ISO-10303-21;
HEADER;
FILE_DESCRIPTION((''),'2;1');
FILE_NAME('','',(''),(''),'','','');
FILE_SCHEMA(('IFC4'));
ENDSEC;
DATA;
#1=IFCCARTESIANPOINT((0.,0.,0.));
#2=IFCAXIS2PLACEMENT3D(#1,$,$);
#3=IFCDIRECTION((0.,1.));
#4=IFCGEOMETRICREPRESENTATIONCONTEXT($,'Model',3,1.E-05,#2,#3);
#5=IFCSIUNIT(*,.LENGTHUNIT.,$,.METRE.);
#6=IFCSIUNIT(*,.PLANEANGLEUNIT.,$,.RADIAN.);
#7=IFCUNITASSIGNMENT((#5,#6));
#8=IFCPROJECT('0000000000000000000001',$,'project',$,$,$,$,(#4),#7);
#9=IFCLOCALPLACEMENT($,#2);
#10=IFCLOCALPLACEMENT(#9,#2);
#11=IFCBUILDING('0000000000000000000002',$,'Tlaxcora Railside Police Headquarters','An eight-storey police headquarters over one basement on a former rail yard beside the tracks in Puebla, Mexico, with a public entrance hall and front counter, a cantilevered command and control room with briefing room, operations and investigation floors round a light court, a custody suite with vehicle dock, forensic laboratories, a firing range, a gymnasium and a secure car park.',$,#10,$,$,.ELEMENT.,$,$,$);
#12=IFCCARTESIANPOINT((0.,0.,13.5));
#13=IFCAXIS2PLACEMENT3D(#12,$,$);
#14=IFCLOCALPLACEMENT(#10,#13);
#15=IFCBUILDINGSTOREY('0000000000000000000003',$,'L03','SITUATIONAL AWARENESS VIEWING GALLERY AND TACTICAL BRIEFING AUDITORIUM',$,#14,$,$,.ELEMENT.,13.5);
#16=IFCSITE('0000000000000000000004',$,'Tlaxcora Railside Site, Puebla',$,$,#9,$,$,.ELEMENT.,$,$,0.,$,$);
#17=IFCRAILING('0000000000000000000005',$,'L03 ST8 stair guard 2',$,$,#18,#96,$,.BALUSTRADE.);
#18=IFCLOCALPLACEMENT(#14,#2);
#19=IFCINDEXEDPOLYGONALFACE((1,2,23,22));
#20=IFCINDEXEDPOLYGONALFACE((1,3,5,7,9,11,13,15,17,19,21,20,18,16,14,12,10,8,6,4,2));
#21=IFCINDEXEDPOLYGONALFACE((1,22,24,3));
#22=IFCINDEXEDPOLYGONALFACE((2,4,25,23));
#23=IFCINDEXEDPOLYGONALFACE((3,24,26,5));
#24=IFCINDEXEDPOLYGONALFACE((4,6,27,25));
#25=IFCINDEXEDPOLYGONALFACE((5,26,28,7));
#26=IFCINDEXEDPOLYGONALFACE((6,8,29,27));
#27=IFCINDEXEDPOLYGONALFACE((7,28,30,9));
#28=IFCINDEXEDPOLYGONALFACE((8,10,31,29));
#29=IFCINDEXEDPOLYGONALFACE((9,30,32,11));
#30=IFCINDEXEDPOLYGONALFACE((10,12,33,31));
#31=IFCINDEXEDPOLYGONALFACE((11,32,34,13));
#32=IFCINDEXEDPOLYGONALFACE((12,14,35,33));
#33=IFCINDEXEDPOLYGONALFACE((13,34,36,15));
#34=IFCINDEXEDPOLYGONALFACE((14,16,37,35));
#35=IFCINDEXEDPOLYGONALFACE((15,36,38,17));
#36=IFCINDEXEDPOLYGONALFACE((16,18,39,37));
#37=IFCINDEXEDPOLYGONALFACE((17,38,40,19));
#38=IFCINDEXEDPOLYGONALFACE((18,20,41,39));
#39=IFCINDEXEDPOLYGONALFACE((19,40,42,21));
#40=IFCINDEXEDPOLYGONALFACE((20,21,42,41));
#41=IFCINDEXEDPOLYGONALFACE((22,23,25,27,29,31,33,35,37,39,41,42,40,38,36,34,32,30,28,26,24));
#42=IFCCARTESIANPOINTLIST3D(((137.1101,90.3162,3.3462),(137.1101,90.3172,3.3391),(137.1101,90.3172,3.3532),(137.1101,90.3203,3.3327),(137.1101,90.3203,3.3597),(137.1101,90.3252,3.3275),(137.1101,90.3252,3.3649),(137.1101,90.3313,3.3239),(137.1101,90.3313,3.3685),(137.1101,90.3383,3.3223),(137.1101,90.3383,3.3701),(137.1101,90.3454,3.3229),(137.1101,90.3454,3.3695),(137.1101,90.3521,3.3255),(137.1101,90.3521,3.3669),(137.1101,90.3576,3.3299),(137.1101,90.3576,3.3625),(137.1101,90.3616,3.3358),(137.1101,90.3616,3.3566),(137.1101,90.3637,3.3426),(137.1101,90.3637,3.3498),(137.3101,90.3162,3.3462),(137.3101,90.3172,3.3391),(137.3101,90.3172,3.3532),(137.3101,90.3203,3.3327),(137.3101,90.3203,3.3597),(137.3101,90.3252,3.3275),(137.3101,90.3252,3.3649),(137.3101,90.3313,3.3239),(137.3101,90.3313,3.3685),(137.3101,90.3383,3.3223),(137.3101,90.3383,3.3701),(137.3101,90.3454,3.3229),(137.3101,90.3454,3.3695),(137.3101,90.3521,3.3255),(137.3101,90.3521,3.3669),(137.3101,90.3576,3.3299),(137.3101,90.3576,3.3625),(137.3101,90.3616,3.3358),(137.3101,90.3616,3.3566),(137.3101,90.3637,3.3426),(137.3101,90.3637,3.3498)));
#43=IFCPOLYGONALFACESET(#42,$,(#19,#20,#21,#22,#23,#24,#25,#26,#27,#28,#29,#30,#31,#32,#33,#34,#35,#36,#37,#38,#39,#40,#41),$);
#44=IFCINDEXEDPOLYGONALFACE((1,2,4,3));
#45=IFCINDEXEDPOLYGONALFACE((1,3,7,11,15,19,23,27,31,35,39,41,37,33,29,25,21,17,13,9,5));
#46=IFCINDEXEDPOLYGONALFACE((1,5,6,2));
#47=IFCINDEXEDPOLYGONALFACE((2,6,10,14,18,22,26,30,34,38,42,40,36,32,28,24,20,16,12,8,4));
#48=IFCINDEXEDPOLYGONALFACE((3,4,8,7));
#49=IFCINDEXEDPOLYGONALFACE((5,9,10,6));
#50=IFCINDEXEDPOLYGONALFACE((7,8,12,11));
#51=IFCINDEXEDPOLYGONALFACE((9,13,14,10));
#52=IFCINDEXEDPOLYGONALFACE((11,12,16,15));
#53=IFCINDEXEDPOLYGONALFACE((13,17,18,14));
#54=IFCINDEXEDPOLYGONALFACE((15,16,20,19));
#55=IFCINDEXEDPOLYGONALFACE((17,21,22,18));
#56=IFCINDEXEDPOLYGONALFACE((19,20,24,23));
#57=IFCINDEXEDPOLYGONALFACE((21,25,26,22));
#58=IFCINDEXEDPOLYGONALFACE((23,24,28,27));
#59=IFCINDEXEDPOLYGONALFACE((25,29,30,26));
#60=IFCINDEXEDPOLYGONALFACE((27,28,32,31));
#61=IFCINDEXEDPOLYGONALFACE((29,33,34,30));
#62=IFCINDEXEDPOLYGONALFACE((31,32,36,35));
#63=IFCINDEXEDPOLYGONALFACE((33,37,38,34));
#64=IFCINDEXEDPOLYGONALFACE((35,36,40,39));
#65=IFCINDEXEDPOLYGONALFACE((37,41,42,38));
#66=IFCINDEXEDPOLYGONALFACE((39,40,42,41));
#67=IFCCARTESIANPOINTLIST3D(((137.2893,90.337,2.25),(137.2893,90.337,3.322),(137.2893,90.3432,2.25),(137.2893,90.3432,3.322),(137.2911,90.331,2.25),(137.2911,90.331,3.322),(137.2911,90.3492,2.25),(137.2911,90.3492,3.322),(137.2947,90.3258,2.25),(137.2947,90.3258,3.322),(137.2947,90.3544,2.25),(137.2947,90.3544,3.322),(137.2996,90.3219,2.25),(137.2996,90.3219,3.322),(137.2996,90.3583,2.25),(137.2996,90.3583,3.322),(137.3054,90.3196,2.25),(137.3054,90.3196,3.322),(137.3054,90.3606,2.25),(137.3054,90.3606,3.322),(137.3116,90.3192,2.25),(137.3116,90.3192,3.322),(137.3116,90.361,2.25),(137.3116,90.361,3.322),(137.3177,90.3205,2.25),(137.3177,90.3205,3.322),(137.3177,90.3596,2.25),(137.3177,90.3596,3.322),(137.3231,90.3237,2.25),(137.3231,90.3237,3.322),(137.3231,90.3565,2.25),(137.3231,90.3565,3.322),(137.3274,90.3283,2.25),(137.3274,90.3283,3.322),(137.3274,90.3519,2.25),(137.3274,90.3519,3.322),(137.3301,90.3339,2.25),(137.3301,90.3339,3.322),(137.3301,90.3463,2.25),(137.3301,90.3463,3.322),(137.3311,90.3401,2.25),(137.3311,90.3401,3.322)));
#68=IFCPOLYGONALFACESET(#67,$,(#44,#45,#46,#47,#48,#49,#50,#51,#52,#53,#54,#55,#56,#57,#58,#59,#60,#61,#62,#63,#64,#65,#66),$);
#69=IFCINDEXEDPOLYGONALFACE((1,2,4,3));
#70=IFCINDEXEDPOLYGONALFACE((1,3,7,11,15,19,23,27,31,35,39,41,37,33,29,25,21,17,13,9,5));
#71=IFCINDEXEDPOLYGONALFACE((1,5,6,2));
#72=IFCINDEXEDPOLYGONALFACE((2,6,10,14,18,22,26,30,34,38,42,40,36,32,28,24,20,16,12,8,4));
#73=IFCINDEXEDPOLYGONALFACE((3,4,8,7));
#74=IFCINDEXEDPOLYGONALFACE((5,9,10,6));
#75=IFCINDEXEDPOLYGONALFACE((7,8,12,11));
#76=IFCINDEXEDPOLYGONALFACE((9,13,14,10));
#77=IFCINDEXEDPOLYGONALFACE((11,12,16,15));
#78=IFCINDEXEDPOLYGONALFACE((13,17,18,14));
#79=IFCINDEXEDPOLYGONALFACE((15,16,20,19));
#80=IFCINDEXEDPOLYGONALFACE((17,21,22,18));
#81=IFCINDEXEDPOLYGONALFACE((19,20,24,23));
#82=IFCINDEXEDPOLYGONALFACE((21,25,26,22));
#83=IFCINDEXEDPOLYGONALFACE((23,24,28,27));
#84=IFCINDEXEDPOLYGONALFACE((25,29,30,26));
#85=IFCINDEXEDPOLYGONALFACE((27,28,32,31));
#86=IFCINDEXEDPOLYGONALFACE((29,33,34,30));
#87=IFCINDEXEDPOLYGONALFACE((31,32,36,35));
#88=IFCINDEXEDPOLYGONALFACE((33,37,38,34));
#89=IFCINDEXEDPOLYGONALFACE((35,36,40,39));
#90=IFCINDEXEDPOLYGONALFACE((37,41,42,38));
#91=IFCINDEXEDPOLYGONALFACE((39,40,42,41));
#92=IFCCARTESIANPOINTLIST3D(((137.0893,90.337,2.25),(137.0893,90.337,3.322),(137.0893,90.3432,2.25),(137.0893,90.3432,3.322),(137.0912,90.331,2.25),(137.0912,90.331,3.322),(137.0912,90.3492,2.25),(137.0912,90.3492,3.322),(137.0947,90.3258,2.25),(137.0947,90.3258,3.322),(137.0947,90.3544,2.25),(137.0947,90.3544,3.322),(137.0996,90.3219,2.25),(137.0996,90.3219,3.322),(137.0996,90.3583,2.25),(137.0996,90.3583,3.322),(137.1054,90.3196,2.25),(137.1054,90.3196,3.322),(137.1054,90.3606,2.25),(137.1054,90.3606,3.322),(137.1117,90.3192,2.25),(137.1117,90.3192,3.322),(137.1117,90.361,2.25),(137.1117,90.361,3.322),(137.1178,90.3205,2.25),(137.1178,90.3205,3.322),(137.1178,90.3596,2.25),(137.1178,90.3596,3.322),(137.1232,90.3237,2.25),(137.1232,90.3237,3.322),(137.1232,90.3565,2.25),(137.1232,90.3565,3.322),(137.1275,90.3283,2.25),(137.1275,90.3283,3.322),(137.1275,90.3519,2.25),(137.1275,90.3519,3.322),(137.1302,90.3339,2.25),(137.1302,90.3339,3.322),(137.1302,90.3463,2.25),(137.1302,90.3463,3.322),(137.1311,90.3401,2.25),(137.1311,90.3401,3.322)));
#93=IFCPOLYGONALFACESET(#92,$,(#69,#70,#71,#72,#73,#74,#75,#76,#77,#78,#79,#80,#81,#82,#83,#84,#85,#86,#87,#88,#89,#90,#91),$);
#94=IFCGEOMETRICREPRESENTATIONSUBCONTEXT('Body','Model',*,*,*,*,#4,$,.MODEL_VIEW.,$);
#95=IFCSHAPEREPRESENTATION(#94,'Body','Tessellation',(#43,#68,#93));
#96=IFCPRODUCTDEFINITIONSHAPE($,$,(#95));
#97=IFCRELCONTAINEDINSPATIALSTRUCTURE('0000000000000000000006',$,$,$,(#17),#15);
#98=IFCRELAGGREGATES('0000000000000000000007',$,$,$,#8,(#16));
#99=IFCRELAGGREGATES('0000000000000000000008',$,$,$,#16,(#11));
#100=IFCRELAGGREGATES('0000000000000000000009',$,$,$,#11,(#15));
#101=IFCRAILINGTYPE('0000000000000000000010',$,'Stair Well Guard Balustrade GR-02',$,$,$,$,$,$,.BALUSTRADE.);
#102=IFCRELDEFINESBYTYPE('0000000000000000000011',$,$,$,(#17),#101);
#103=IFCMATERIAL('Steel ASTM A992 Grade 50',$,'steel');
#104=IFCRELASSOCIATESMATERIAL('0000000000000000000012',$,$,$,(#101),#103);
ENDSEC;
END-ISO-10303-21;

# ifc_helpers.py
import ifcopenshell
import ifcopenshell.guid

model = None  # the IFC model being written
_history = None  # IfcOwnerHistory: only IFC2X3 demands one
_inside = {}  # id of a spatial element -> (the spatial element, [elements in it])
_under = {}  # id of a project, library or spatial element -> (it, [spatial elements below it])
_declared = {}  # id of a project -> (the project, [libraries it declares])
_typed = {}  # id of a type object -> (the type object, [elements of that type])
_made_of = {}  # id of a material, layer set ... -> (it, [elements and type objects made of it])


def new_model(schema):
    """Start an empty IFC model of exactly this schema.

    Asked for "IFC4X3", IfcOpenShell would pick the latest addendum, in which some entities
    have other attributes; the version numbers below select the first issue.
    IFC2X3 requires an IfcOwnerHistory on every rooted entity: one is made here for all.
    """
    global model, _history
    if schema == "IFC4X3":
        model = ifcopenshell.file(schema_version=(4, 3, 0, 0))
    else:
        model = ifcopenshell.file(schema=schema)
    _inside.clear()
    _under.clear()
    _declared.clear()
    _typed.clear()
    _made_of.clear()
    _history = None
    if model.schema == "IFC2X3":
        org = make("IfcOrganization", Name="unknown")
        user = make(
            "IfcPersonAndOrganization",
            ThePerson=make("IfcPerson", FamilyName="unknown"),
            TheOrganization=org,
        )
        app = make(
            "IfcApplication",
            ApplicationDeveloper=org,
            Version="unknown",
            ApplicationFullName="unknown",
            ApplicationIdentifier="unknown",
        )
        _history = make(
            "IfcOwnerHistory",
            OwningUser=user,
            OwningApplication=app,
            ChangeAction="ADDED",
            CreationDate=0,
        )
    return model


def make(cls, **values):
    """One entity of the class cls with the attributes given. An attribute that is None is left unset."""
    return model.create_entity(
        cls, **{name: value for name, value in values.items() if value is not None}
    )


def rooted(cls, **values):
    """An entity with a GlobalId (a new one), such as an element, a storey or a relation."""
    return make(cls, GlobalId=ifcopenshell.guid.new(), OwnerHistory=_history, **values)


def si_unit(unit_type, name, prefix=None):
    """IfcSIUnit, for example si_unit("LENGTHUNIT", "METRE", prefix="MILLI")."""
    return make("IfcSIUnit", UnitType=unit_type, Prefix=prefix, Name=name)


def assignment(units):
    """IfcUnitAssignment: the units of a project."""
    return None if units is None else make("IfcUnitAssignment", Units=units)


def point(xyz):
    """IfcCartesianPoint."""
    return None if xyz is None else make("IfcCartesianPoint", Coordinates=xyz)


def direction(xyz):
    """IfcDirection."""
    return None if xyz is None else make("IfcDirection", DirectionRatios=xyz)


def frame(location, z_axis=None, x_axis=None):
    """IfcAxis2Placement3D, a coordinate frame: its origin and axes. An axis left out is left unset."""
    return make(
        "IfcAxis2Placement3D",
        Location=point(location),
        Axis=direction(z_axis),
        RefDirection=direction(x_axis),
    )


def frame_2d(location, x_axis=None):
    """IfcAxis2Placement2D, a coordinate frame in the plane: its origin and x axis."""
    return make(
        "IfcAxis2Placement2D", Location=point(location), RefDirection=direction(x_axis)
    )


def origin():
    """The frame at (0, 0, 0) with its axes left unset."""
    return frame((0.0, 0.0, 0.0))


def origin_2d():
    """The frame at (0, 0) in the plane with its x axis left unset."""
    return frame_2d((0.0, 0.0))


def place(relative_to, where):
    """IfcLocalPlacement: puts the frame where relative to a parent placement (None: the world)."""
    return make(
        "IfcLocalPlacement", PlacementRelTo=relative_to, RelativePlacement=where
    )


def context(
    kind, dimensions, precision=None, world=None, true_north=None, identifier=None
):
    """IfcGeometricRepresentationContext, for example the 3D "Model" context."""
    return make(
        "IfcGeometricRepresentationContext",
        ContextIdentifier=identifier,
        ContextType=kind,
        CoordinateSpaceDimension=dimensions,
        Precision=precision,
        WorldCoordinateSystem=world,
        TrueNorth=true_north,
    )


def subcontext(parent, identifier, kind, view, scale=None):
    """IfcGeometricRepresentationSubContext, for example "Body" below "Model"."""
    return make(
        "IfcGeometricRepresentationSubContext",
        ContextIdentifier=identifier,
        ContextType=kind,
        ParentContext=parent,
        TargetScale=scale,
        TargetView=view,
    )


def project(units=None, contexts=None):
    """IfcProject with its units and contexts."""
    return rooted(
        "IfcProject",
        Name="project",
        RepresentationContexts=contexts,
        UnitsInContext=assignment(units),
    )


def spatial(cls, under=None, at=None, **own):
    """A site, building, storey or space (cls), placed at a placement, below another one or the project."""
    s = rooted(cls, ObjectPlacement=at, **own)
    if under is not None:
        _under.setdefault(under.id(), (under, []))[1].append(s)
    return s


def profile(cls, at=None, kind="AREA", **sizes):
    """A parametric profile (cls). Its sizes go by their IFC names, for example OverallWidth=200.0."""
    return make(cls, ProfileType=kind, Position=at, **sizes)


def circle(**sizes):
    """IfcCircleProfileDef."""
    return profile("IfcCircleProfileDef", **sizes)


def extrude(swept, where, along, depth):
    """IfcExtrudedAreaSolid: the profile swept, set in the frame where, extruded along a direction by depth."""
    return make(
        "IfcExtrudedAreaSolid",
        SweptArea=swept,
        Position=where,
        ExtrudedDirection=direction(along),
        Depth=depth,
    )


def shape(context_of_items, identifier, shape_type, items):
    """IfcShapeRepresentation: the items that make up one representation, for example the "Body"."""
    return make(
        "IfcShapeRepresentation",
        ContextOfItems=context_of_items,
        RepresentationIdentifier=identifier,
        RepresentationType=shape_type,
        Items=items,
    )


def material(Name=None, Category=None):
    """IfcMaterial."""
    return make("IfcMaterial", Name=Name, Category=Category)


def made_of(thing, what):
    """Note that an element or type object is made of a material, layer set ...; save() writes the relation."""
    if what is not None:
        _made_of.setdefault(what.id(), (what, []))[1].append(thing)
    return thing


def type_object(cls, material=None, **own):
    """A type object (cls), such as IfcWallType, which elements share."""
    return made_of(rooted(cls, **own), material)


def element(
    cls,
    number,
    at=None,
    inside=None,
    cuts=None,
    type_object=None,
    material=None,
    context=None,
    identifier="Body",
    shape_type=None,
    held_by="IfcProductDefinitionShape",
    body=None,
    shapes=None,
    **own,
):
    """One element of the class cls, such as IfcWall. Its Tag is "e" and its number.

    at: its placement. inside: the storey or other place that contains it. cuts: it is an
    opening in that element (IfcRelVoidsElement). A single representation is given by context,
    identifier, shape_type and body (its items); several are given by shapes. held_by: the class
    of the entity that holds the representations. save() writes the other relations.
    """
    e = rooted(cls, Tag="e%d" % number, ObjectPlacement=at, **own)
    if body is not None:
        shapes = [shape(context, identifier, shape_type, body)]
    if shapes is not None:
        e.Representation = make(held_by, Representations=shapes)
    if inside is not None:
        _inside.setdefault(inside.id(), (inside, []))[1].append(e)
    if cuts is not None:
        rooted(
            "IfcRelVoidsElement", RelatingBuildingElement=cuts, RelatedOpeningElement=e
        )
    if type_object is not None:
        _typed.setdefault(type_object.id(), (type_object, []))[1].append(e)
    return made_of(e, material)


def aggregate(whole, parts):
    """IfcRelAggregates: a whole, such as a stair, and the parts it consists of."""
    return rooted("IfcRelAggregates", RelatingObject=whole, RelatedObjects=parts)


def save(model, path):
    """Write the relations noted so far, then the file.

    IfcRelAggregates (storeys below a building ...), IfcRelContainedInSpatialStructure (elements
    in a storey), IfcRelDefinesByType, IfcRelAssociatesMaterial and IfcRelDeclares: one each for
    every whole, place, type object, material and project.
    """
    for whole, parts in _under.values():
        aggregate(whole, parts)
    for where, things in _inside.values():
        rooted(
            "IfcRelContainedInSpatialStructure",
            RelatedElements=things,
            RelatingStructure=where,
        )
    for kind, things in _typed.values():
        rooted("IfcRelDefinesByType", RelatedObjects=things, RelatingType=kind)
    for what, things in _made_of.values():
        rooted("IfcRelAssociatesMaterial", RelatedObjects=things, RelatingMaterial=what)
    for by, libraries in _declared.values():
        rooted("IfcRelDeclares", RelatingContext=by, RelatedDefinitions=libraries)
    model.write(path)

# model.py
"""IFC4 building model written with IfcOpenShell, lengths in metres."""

from ifc_helpers import new_model, si_unit, direction, frame, origin, origin_2d, place, context, subcontext, project, spatial, circle, extrude, material, type_object, element, save


model = new_model("IFC4")

# Units and contexts
model_context = context("Model", 3, precision=1e-05, world=origin(), true_north=direction((0.0, 1.0)))
body_context = subcontext(model_context, "Body", "Model", "MODEL_VIEW")
ifc_project = project(units=[si_unit("LENGTHUNIT", "METRE"), si_unit("PLANEANGLEUNIT", "RADIAN")], contexts=[model_context])

# Site, building, storey
site_placement = place(None, origin())
site = spatial("IfcSite", under=ifc_project, at=site_placement, Name="Tlaxcora Railside Site, Puebla", CompositionType="ELEMENT", RefElevation=0.0)
building_placement = place(site_placement, origin())
building = spatial("IfcBuilding", under=site, at=building_placement, Name="Tlaxcora Railside Police Headquarters", Description="An eight-storey police headquarters over one basement on a former rail yard beside the tracks in Puebla, Mexico, with a public entrance hall and front counter, a cantilevered command and control room with briefing room, operations and investigation floors round a light court, a custody suite with vehicle dock, forensic laboratories, a firing range, a gymnasium and a secure car park.", CompositionType="ELEMENT")
storey_placement = place(building_placement, frame((0.0, 0.0, 13.5)))
storey = spatial("IfcBuildingStorey", under=building, at=storey_placement, Name="L03", Description="SITUATIONAL AWARENESS VIEWING GALLERY AND TACTICAL BRIEFING AUDITORIUM", CompositionType="ELEMENT", Elevation=13.5)

# Shared definitions
ifc_material_1 = material(Name="Steel ASTM A992 Grade 50", Category="steel")

# Railing
railing_type_1 = type_object("IfcRailingType", Name="Stair Well Guard Balustrade GR-02", PredefinedType="BALUSTRADE", material=ifc_material_1)
railing_1_placement = place(storey_placement, frame((137.3101, 90.3401, 2.25)))
element("IfcRailing", 1, at=railing_1_placement, inside=storey, type_object=railing_type_1, Name="L03 ST8 stair guard 2", PredefinedType="BALUSTRADE", context=body_context, shape_type="SweptSolid", body=[
    extrude(circle(Radius=0.0239, at=origin_2d()), frame((0.0, 0.0, 1.0962), z_axis=(-1.0, 0.0, 0.0), x_axis=(0.0, -1.0, 0.0)), (0.0, 0.0, 1.0), 0.2),
    extrude(circle(Radius=0.021, at=origin_2d()), origin(), (0.0, 0.0, 1.0), 1.072),
    extrude(circle(Radius=0.021, at=origin_2d()), frame((-0.2, 0.0, 0.0)), (0.0, 0.0, 1.0), 1.072),
])

save(model, "model.ifc")
